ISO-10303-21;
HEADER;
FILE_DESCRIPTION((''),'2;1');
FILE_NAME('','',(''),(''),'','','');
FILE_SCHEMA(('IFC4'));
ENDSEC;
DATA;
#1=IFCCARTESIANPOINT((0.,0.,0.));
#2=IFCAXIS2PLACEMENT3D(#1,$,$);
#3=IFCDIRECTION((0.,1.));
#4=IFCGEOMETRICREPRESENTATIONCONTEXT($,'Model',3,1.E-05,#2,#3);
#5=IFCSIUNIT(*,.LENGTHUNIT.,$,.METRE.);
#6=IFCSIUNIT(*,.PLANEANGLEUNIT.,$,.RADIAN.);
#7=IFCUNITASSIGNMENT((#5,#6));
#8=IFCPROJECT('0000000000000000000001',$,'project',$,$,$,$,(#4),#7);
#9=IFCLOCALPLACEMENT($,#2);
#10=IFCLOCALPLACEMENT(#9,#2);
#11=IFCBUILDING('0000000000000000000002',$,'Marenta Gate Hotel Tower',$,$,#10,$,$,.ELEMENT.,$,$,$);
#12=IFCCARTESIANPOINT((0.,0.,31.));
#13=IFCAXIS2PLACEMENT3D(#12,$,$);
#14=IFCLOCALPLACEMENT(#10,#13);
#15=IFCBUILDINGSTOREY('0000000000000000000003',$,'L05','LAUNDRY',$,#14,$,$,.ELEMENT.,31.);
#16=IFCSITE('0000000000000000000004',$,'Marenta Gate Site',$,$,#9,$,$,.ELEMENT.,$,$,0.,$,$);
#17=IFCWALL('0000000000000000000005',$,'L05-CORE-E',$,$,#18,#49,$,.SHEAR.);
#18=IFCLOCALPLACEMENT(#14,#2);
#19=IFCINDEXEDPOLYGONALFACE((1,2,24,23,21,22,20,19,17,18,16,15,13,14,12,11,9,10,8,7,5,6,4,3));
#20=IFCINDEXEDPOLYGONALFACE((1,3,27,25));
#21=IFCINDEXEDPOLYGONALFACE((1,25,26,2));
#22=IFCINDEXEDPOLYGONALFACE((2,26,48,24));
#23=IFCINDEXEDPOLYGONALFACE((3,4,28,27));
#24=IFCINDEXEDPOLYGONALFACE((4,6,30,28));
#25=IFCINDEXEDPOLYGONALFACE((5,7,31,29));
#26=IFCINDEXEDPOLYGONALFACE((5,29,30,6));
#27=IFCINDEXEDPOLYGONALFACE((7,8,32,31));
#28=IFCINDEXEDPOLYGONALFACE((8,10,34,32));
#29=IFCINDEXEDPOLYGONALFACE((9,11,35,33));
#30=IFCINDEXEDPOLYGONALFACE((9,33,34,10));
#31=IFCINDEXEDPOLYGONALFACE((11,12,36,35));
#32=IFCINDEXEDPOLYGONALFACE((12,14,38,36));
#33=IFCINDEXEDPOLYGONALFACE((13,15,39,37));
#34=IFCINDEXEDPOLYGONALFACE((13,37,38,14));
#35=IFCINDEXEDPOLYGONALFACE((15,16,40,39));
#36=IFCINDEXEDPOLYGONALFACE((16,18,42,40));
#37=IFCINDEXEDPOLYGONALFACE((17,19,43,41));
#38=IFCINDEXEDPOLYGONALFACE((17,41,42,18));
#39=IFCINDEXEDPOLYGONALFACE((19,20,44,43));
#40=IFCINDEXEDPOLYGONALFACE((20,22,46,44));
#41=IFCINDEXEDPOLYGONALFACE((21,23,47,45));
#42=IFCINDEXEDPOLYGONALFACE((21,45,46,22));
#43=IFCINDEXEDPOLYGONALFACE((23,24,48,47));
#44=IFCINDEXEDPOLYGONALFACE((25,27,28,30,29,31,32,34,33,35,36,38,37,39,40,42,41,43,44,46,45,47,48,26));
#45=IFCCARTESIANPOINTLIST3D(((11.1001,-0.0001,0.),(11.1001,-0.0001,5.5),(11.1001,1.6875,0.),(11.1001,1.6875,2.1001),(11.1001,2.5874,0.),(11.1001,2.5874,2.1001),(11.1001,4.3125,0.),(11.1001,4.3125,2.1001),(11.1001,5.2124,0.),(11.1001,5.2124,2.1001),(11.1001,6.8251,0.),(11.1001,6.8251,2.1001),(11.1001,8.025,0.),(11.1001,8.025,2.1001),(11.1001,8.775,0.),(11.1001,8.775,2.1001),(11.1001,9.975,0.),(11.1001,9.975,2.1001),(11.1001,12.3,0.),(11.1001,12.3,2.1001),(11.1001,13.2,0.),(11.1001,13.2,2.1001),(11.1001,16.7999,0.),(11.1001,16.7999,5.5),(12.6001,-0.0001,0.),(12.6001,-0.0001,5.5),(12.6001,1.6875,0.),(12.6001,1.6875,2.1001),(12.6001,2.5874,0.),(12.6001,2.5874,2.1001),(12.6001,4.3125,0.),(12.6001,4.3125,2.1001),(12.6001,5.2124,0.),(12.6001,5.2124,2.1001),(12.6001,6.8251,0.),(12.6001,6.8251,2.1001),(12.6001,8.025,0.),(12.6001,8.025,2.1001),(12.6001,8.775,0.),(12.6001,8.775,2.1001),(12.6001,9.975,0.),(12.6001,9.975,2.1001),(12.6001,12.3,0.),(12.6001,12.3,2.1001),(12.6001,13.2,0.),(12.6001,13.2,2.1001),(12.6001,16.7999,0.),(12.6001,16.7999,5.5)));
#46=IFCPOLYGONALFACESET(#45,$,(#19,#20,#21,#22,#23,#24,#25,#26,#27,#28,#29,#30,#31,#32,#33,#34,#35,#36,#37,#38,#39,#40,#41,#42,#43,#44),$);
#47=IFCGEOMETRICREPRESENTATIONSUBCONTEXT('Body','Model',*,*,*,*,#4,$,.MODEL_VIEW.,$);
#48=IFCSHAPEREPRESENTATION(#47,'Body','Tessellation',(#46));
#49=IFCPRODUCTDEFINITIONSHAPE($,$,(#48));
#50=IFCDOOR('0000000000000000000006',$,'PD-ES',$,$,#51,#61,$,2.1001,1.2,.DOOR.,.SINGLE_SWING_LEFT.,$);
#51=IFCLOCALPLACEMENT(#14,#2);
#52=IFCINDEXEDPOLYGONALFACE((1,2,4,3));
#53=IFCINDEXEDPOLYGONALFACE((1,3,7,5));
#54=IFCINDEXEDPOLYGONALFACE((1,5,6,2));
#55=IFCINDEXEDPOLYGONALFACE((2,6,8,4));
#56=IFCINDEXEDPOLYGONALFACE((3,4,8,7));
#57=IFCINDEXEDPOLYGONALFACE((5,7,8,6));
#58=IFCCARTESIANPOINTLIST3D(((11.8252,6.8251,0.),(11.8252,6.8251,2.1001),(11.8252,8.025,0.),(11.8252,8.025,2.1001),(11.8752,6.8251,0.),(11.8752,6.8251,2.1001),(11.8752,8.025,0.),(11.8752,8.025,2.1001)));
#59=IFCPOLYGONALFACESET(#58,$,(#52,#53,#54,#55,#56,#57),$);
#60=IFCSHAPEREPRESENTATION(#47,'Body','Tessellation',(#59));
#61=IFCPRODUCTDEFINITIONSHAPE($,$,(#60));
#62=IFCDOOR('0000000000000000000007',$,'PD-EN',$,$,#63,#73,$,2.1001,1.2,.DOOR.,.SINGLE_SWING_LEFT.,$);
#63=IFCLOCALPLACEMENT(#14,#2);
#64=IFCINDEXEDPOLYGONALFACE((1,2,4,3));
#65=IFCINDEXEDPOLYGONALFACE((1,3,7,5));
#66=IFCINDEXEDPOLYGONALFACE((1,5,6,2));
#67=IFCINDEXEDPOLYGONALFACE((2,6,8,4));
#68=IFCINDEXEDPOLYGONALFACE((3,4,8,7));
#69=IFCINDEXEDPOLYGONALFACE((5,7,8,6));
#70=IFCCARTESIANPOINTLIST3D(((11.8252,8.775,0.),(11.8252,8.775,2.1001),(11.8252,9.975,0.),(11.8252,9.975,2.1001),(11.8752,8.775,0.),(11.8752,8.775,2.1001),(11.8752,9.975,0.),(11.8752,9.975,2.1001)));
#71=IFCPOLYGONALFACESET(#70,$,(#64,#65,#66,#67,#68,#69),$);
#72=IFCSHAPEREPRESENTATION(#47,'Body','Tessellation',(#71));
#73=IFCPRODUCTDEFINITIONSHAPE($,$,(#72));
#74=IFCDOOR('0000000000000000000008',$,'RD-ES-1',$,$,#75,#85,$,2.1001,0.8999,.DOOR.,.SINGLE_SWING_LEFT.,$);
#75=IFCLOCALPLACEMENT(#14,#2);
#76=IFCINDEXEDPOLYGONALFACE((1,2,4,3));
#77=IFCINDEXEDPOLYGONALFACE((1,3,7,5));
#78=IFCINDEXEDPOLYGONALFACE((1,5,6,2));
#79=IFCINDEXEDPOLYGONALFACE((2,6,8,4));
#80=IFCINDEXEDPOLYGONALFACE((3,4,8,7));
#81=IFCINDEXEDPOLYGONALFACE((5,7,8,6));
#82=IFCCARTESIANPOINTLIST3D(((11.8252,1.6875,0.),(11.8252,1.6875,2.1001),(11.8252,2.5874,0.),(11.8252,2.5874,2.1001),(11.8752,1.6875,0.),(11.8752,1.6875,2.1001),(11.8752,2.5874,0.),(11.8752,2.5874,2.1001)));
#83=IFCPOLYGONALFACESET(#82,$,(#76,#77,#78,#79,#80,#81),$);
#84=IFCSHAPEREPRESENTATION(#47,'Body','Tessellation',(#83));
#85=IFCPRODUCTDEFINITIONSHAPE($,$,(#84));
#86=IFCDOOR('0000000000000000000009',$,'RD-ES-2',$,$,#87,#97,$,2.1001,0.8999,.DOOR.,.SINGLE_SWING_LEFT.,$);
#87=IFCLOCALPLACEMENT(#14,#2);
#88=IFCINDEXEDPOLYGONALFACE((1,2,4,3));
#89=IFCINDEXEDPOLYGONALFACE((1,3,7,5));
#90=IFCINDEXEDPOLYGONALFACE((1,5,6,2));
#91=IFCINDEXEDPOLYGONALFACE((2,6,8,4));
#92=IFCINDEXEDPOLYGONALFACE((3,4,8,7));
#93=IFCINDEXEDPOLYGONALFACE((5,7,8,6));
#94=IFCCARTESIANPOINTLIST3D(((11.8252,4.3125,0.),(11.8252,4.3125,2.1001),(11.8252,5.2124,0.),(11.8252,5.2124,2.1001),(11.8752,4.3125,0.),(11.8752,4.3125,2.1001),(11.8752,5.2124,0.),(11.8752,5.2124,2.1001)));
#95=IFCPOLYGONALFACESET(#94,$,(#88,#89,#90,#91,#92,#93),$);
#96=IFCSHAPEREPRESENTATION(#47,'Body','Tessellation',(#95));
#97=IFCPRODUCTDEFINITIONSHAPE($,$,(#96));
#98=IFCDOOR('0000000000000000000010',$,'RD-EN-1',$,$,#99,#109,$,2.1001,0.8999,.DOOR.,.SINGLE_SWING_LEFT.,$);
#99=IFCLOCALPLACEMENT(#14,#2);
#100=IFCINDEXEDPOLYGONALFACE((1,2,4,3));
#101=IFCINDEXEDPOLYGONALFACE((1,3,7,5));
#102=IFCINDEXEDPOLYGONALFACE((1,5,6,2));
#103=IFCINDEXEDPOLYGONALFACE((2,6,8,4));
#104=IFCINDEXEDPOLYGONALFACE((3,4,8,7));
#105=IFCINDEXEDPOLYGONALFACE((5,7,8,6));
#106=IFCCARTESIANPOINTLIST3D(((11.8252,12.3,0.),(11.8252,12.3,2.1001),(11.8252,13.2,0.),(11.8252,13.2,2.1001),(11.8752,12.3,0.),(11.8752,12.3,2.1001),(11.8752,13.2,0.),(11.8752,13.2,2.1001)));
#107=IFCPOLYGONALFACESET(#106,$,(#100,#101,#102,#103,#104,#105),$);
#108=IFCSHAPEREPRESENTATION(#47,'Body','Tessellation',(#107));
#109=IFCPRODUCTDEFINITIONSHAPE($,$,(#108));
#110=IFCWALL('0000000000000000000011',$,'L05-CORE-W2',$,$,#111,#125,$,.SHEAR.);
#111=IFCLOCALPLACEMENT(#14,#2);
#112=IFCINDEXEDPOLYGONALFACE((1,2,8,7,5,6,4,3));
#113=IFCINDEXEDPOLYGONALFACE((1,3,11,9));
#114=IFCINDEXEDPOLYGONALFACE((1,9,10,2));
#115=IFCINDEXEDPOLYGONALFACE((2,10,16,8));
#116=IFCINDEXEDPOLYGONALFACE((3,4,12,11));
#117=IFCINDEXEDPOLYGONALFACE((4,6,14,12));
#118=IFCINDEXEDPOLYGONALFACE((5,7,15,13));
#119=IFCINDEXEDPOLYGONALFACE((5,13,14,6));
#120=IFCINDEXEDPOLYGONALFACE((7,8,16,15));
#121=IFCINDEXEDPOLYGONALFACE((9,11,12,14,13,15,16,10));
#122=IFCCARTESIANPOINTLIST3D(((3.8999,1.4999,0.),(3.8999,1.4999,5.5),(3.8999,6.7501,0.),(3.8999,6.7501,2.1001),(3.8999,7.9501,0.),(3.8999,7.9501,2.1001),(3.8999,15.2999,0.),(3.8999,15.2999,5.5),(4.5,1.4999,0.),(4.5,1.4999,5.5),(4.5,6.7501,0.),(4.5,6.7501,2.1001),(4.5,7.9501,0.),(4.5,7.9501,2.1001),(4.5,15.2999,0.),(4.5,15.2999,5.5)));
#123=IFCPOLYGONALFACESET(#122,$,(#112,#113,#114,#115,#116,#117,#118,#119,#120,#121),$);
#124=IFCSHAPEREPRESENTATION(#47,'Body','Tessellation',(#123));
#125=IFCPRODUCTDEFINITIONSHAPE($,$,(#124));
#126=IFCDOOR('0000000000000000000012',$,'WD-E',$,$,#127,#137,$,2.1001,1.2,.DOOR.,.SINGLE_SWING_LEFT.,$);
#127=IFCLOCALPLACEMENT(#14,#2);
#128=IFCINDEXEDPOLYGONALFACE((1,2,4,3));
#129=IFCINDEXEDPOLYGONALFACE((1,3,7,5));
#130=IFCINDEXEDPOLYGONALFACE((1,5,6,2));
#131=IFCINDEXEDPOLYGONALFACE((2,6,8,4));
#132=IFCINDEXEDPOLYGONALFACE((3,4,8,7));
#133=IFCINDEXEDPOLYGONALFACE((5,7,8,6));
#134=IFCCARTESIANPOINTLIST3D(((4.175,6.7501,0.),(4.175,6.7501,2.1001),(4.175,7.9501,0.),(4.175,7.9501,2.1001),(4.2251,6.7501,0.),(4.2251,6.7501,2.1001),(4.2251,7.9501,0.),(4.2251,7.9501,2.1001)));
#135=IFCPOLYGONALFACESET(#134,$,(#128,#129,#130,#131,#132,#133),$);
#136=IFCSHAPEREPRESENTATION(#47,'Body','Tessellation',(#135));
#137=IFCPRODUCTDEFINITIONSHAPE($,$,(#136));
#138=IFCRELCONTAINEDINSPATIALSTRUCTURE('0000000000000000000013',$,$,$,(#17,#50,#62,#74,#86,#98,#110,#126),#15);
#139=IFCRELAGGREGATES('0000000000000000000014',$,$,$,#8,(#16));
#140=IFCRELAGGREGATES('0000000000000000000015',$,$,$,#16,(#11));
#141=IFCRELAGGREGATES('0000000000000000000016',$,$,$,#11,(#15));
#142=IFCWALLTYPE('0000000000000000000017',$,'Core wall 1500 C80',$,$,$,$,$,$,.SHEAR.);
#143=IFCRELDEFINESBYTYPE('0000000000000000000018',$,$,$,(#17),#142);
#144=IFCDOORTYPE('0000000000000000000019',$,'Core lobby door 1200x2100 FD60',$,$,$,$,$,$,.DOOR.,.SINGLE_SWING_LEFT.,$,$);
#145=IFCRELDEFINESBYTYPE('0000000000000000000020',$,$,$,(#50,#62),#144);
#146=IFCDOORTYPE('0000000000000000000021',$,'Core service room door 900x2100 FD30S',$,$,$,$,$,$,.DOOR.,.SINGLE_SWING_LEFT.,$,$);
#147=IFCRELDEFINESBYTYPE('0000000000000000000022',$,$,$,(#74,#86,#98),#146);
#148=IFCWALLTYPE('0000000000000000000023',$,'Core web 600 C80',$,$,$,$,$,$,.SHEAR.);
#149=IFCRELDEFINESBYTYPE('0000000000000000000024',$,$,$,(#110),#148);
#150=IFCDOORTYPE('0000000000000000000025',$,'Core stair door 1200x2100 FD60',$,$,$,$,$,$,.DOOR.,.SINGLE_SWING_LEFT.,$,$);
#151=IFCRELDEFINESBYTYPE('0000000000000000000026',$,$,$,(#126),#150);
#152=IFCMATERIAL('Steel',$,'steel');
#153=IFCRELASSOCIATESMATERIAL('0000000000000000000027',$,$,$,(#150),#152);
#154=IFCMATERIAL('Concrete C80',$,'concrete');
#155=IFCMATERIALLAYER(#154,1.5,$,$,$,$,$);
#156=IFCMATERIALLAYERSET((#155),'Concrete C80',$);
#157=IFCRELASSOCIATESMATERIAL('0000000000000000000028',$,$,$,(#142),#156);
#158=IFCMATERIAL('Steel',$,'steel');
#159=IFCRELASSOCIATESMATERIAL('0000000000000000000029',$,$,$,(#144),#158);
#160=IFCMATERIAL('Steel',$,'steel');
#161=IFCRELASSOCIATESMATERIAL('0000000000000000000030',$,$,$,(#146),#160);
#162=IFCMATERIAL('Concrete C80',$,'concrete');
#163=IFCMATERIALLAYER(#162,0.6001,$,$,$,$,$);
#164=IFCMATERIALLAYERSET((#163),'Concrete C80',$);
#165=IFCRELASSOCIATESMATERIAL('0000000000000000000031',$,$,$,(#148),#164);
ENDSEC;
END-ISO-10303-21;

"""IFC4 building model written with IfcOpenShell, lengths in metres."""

from ifc_helpers import new_model, si_unit, direction, frame, frame_2d, origin, place, context, subcontext, project, spatial, rectangle, extrude, material, layer, layer_set, type_object, element, fill, save


model = new_model("IFC4")

# Units and contexts
model_context = context("Model", 3, precision=1e-05, world=origin(), true_north=direction((0.0, 1.0)))
body_context = subcontext(model_context, "Body", "Model", "MODEL_VIEW")
ifc_project = project(units=[si_unit("LENGTHUNIT", "METRE"), si_unit("PLANEANGLEUNIT", "RADIAN")], contexts=[model_context])

# Site, building, storey
site_placement = place(None, origin())
site = spatial("IfcSite", under=ifc_project, at=site_placement, Name="Marenta Gate Site", CompositionType="ELEMENT", RefElevation=0.0)
building_placement = place(site_placement, origin())
building = spatial("IfcBuilding", under=site, at=building_placement, Name="Marenta Gate Hotel Tower", CompositionType="ELEMENT")
storey_placement = place(building_placement, frame((0.0, 0.0, 31.0)))
storey = spatial("IfcBuildingStorey", under=building, at=storey_placement, Name="L05", Description="LAUNDRY", CompositionType="ELEMENT", Elevation=31.0)

# Shared definitions
ifc_material_1 = material(Name="Steel", Category="steel")
door_type_1 = type_object("IfcDoorType", Name="Core stair door 1200x2100 FD60", OperationType="SINGLE_SWING_LEFT", PredefinedType="DOOR", material=ifc_material_1)

# Wall, openings, doors
ifc_material_2 = material(Name="Concrete C80", Category="concrete")
ifc_layer_1 = layer(ifc_material_2, 1.5)
ifc_layer_set_1 = layer_set([ifc_layer_1], Name="Concrete C80")
wall_type_1 = type_object("IfcWallType", Name="Core wall 1500 C80", PredefinedType="SHEAR", material=ifc_layer_set_1)
wall_1_placement = place(storey_placement, frame((11.8501, 0.0, 0.0), z_axis=(0.0, 0.0, 1.0), x_axis=(0.0, 1.0, 0.0)))
wall_1 = element("IfcWall", 1, at=wall_1_placement, inside=storey, type_object=wall_type_1, Name="L05-CORE-E", PredefinedType="SHEAR", context=body_context, shape_type="SweptSolid", body=[
    extrude(rectangle(XDim=16.8, YDim=1.5, at=frame_2d((8.3999, 0.0))), origin(), (0.0, 0.0, 1.0), 5.5),
])
opening_1_placement = place(wall_1_placement, frame((1.6875, 0.0, 0.0)))
opening_1 = element("IfcOpeningElement", 2, at=opening_1_placement, cuts=wall_1, PredefinedType="OPENING", context=body_context, shape_type="SweptSolid", body=[
    extrude(rectangle(XDim=0.8999, YDim=2.1001, at=frame_2d((0.45, 1.05))), frame((0.0, 0.75, 0.0), z_axis=(0.0, -1.0, 0.0), x_axis=(1.0, 0.0, 0.0)), (0.0, 0.0, 1.0), 1.5),
])
opening_2_placement = place(wall_1_placement, frame((4.3125, 0.0, 0.0)))
opening_2 = element("IfcOpeningElement", 3, at=opening_2_placement, cuts=wall_1, PredefinedType="OPENING", context=body_context, shape_type="SweptSolid", body=[
    extrude(rectangle(XDim=0.8999, YDim=2.1001, at=frame_2d((0.45, 1.05))), frame((0.0, 0.75, 0.0), z_axis=(0.0, -1.0, 0.0), x_axis=(1.0, 0.0, 0.0)), (0.0, 0.0, 1.0), 1.5),
])
opening_3_placement = place(wall_1_placement, frame((6.825, 0.0, 0.0)))
opening_3 = element("IfcOpeningElement", 4, at=opening_3_placement, cuts=wall_1, PredefinedType="OPENING", context=body_context, shape_type="SweptSolid", body=[
    extrude(rectangle(XDim=1.2, YDim=2.1001, at=frame_2d((0.6001, 1.05))), frame((0.0, 0.75, 0.0), z_axis=(0.0, -1.0, 0.0), x_axis=(1.0, 0.0, 0.0)), (0.0, 0.0, 1.0), 1.5),
])
opening_4_placement = place(wall_1_placement, frame((12.3, 0.0, 0.0)))
opening_4 = element("IfcOpeningElement", 5, at=opening_4_placement, cuts=wall_1, PredefinedType="OPENING", context=body_context, shape_type="SweptSolid", body=[
    extrude(rectangle(XDim=0.8999, YDim=2.1001, at=frame_2d((0.45, 1.05))), frame((0.0, 0.75, 0.0), z_axis=(0.0, -1.0, 0.0), x_axis=(1.0, 0.0, 0.0)), (0.0, 0.0, 1.0), 1.5),
])
opening_5_placement = place(wall_1_placement, frame((8.7749, 0.0, 0.0)))
opening_5 = element("IfcOpeningElement", 6, at=opening_5_placement, cuts=wall_1, PredefinedType="OPENING", context=body_context, shape_type="SweptSolid", body=[
    extrude(rectangle(XDim=1.2, YDim=2.1001, at=frame_2d((0.6001, 1.05))), frame((0.0, 0.75, 0.0), z_axis=(0.0, -1.0, 0.0), x_axis=(1.0, 0.0, 0.0)), (0.0, 0.0, 1.0), 1.5),
])
ifc_material_3 = material(Name="Steel", Category="steel")
door_type_2 = type_object("IfcDoorType", Name="Core lobby door 1200x2100 FD60", OperationType="SINGLE_SWING_LEFT", PredefinedType="DOOR", material=ifc_material_3)
door_1_placement = place(opening_3_placement, origin())
door_1 = element("IfcDoor", 7, at=door_1_placement, inside=storey, type_object=door_type_2, Name="PD-ES", OperationType="SINGLE_SWING_LEFT", OverallHeight=2.1001, OverallWidth=1.2, PredefinedType="DOOR", context=body_context, shape_type="SweptSolid", body=[
    extrude(rectangle(XDim=1.2, YDim=2.1001, at=frame_2d((0.6001, 1.05))), frame((0.0, 0.0249, 0.0), z_axis=(0.0, -1.0, 0.0), x_axis=(1.0, 0.0, 0.0)), (0.0, 0.0, 1.0), 0.05),
])
fill(opening_3, door_1)
door_2_placement = place(opening_5_placement, origin())
door_2 = element("IfcDoor", 8, at=door_2_placement, inside=storey, type_object=door_type_2, Name="PD-EN", OperationType="SINGLE_SWING_LEFT", OverallHeight=2.1001, OverallWidth=1.2, PredefinedType="DOOR", context=body_context, shape_type="SweptSolid", body=[
    extrude(rectangle(XDim=1.2, YDim=2.1001, at=frame_2d((0.6001, 1.05))), frame((0.0, 0.0249, 0.0), z_axis=(0.0, -1.0, 0.0), x_axis=(1.0, 0.0, 0.0)), (0.0, 0.0, 1.0), 0.05),
])
fill(opening_5, door_2)
ifc_material_4 = material(Name="Steel", Category="steel")
door_type_3 = type_object("IfcDoorType", Name="Core service room door 900x2100 FD30S", OperationType="SINGLE_SWING_LEFT", PredefinedType="DOOR", material=ifc_material_4)
door_3_placement = place(opening_1_placement, origin())
door_3 = element("IfcDoor", 9, at=door_3_placement, inside=storey, type_object=door_type_3, Name="RD-ES-1", OperationType="SINGLE_SWING_LEFT", OverallHeight=2.1001, OverallWidth=0.8999, PredefinedType="DOOR", context=body_context, shape_type="SweptSolid", body=[
    extrude(rectangle(XDim=0.8999, YDim=2.1001, at=frame_2d((0.45, 1.05))), frame((0.0, 0.0249, 0.0), z_axis=(0.0, -1.0, 0.0), x_axis=(1.0, 0.0, 0.0)), (0.0, 0.0, 1.0), 0.05),
])
fill(opening_1, door_3)
door_4_placement = place(opening_2_placement, origin())
door_4 = element("IfcDoor", 10, at=door_4_placement, inside=storey, type_object=door_type_3, Name="RD-ES-2", OperationType="SINGLE_SWING_LEFT", OverallHeight=2.1001, OverallWidth=0.8999, PredefinedType="DOOR", context=body_context, shape_type="SweptSolid", body=[
    extrude(rectangle(XDim=0.8999, YDim=2.1001, at=frame_2d((0.45, 1.05))), frame((0.0, 0.0249, 0.0), z_axis=(0.0, -1.0, 0.0), x_axis=(1.0, 0.0, 0.0)), (0.0, 0.0, 1.0), 0.05),
])
fill(opening_2, door_4)
door_5_placement = place(opening_4_placement, origin())
door_5 = element("IfcDoor", 11, at=door_5_placement, inside=storey, type_object=door_type_3, Name="RD-EN-1", OperationType="SINGLE_SWING_LEFT", OverallHeight=2.1001, OverallWidth=0.8999, PredefinedType="DOOR", context=body_context, shape_type="SweptSolid", body=[
    extrude(rectangle(XDim=0.8999, YDim=2.1001, at=frame_2d((0.45, 1.05))), frame((0.0, 0.0249, 0.0), z_axis=(0.0, -1.0, 0.0), x_axis=(1.0, 0.0, 0.0)), (0.0, 0.0, 1.0), 0.05),
])
fill(opening_4, door_5)

# Wall, opening, door
ifc_material_5 = material(Name="Concrete C80", Category="concrete")
ifc_layer_2 = layer(ifc_material_5, 0.6001)
ifc_layer_set_2 = layer_set([ifc_layer_2], Name="Concrete C80")
wall_type_2 = type_object("IfcWallType", Name="Core web 600 C80", PredefinedType="SHEAR", material=ifc_layer_set_2)
wall_2_placement = place(storey_placement, frame((4.2, 1.5, 0.0), z_axis=(0.0, 0.0, 1.0), x_axis=(0.0, 1.0, 0.0)))
wall_2 = element("IfcWall", 12, at=wall_2_placement, inside=storey, type_object=wall_type_2, Name="L05-CORE-W2", PredefinedType="SHEAR", context=body_context, shape_type="SweptSolid", body=[
    extrude(rectangle(XDim=13.8, YDim=0.6001, at=frame_2d((6.8999, 0.0))), origin(), (0.0, 0.0, 1.0), 5.5),
])
opening_6_placement = place(wall_2_placement, frame((5.25, 0.0, 0.0)))
opening_6 = element("IfcOpeningElement", 13, at=opening_6_placement, cuts=wall_2, PredefinedType="OPENING", context=body_context, shape_type="SweptSolid", body=[
    extrude(rectangle(XDim=1.2, YDim=2.1001, at=frame_2d((0.6001, 1.05))), frame((0.0, 0.3, 0.0), z_axis=(0.0, -1.0, 0.0), x_axis=(1.0, 0.0, 0.0)), (0.0, 0.0, 1.0), 0.6001),
])
door_6_placement = place(opening_6_placement, origin())
door_6 = element("IfcDoor", 14, at=door_6_placement, inside=storey, type_object=door_type_1, Name="WD-E", OperationType="SINGLE_SWING_LEFT", OverallHeight=2.1001, OverallWidth=1.2, PredefinedType="DOOR", context=body_context, shape_type="SweptSolid", body=[
    extrude(rectangle(XDim=1.2, YDim=2.1001, at=frame_2d((0.6001, 1.05))), frame((0.0, 0.0249, 0.0), z_axis=(0.0, -1.0, 0.0), x_axis=(1.0, 0.0, 0.0)), (0.0, 0.0, 1.0), 0.05),
])
fill(opening_6, door_6)

save(model, "model.ifc")
